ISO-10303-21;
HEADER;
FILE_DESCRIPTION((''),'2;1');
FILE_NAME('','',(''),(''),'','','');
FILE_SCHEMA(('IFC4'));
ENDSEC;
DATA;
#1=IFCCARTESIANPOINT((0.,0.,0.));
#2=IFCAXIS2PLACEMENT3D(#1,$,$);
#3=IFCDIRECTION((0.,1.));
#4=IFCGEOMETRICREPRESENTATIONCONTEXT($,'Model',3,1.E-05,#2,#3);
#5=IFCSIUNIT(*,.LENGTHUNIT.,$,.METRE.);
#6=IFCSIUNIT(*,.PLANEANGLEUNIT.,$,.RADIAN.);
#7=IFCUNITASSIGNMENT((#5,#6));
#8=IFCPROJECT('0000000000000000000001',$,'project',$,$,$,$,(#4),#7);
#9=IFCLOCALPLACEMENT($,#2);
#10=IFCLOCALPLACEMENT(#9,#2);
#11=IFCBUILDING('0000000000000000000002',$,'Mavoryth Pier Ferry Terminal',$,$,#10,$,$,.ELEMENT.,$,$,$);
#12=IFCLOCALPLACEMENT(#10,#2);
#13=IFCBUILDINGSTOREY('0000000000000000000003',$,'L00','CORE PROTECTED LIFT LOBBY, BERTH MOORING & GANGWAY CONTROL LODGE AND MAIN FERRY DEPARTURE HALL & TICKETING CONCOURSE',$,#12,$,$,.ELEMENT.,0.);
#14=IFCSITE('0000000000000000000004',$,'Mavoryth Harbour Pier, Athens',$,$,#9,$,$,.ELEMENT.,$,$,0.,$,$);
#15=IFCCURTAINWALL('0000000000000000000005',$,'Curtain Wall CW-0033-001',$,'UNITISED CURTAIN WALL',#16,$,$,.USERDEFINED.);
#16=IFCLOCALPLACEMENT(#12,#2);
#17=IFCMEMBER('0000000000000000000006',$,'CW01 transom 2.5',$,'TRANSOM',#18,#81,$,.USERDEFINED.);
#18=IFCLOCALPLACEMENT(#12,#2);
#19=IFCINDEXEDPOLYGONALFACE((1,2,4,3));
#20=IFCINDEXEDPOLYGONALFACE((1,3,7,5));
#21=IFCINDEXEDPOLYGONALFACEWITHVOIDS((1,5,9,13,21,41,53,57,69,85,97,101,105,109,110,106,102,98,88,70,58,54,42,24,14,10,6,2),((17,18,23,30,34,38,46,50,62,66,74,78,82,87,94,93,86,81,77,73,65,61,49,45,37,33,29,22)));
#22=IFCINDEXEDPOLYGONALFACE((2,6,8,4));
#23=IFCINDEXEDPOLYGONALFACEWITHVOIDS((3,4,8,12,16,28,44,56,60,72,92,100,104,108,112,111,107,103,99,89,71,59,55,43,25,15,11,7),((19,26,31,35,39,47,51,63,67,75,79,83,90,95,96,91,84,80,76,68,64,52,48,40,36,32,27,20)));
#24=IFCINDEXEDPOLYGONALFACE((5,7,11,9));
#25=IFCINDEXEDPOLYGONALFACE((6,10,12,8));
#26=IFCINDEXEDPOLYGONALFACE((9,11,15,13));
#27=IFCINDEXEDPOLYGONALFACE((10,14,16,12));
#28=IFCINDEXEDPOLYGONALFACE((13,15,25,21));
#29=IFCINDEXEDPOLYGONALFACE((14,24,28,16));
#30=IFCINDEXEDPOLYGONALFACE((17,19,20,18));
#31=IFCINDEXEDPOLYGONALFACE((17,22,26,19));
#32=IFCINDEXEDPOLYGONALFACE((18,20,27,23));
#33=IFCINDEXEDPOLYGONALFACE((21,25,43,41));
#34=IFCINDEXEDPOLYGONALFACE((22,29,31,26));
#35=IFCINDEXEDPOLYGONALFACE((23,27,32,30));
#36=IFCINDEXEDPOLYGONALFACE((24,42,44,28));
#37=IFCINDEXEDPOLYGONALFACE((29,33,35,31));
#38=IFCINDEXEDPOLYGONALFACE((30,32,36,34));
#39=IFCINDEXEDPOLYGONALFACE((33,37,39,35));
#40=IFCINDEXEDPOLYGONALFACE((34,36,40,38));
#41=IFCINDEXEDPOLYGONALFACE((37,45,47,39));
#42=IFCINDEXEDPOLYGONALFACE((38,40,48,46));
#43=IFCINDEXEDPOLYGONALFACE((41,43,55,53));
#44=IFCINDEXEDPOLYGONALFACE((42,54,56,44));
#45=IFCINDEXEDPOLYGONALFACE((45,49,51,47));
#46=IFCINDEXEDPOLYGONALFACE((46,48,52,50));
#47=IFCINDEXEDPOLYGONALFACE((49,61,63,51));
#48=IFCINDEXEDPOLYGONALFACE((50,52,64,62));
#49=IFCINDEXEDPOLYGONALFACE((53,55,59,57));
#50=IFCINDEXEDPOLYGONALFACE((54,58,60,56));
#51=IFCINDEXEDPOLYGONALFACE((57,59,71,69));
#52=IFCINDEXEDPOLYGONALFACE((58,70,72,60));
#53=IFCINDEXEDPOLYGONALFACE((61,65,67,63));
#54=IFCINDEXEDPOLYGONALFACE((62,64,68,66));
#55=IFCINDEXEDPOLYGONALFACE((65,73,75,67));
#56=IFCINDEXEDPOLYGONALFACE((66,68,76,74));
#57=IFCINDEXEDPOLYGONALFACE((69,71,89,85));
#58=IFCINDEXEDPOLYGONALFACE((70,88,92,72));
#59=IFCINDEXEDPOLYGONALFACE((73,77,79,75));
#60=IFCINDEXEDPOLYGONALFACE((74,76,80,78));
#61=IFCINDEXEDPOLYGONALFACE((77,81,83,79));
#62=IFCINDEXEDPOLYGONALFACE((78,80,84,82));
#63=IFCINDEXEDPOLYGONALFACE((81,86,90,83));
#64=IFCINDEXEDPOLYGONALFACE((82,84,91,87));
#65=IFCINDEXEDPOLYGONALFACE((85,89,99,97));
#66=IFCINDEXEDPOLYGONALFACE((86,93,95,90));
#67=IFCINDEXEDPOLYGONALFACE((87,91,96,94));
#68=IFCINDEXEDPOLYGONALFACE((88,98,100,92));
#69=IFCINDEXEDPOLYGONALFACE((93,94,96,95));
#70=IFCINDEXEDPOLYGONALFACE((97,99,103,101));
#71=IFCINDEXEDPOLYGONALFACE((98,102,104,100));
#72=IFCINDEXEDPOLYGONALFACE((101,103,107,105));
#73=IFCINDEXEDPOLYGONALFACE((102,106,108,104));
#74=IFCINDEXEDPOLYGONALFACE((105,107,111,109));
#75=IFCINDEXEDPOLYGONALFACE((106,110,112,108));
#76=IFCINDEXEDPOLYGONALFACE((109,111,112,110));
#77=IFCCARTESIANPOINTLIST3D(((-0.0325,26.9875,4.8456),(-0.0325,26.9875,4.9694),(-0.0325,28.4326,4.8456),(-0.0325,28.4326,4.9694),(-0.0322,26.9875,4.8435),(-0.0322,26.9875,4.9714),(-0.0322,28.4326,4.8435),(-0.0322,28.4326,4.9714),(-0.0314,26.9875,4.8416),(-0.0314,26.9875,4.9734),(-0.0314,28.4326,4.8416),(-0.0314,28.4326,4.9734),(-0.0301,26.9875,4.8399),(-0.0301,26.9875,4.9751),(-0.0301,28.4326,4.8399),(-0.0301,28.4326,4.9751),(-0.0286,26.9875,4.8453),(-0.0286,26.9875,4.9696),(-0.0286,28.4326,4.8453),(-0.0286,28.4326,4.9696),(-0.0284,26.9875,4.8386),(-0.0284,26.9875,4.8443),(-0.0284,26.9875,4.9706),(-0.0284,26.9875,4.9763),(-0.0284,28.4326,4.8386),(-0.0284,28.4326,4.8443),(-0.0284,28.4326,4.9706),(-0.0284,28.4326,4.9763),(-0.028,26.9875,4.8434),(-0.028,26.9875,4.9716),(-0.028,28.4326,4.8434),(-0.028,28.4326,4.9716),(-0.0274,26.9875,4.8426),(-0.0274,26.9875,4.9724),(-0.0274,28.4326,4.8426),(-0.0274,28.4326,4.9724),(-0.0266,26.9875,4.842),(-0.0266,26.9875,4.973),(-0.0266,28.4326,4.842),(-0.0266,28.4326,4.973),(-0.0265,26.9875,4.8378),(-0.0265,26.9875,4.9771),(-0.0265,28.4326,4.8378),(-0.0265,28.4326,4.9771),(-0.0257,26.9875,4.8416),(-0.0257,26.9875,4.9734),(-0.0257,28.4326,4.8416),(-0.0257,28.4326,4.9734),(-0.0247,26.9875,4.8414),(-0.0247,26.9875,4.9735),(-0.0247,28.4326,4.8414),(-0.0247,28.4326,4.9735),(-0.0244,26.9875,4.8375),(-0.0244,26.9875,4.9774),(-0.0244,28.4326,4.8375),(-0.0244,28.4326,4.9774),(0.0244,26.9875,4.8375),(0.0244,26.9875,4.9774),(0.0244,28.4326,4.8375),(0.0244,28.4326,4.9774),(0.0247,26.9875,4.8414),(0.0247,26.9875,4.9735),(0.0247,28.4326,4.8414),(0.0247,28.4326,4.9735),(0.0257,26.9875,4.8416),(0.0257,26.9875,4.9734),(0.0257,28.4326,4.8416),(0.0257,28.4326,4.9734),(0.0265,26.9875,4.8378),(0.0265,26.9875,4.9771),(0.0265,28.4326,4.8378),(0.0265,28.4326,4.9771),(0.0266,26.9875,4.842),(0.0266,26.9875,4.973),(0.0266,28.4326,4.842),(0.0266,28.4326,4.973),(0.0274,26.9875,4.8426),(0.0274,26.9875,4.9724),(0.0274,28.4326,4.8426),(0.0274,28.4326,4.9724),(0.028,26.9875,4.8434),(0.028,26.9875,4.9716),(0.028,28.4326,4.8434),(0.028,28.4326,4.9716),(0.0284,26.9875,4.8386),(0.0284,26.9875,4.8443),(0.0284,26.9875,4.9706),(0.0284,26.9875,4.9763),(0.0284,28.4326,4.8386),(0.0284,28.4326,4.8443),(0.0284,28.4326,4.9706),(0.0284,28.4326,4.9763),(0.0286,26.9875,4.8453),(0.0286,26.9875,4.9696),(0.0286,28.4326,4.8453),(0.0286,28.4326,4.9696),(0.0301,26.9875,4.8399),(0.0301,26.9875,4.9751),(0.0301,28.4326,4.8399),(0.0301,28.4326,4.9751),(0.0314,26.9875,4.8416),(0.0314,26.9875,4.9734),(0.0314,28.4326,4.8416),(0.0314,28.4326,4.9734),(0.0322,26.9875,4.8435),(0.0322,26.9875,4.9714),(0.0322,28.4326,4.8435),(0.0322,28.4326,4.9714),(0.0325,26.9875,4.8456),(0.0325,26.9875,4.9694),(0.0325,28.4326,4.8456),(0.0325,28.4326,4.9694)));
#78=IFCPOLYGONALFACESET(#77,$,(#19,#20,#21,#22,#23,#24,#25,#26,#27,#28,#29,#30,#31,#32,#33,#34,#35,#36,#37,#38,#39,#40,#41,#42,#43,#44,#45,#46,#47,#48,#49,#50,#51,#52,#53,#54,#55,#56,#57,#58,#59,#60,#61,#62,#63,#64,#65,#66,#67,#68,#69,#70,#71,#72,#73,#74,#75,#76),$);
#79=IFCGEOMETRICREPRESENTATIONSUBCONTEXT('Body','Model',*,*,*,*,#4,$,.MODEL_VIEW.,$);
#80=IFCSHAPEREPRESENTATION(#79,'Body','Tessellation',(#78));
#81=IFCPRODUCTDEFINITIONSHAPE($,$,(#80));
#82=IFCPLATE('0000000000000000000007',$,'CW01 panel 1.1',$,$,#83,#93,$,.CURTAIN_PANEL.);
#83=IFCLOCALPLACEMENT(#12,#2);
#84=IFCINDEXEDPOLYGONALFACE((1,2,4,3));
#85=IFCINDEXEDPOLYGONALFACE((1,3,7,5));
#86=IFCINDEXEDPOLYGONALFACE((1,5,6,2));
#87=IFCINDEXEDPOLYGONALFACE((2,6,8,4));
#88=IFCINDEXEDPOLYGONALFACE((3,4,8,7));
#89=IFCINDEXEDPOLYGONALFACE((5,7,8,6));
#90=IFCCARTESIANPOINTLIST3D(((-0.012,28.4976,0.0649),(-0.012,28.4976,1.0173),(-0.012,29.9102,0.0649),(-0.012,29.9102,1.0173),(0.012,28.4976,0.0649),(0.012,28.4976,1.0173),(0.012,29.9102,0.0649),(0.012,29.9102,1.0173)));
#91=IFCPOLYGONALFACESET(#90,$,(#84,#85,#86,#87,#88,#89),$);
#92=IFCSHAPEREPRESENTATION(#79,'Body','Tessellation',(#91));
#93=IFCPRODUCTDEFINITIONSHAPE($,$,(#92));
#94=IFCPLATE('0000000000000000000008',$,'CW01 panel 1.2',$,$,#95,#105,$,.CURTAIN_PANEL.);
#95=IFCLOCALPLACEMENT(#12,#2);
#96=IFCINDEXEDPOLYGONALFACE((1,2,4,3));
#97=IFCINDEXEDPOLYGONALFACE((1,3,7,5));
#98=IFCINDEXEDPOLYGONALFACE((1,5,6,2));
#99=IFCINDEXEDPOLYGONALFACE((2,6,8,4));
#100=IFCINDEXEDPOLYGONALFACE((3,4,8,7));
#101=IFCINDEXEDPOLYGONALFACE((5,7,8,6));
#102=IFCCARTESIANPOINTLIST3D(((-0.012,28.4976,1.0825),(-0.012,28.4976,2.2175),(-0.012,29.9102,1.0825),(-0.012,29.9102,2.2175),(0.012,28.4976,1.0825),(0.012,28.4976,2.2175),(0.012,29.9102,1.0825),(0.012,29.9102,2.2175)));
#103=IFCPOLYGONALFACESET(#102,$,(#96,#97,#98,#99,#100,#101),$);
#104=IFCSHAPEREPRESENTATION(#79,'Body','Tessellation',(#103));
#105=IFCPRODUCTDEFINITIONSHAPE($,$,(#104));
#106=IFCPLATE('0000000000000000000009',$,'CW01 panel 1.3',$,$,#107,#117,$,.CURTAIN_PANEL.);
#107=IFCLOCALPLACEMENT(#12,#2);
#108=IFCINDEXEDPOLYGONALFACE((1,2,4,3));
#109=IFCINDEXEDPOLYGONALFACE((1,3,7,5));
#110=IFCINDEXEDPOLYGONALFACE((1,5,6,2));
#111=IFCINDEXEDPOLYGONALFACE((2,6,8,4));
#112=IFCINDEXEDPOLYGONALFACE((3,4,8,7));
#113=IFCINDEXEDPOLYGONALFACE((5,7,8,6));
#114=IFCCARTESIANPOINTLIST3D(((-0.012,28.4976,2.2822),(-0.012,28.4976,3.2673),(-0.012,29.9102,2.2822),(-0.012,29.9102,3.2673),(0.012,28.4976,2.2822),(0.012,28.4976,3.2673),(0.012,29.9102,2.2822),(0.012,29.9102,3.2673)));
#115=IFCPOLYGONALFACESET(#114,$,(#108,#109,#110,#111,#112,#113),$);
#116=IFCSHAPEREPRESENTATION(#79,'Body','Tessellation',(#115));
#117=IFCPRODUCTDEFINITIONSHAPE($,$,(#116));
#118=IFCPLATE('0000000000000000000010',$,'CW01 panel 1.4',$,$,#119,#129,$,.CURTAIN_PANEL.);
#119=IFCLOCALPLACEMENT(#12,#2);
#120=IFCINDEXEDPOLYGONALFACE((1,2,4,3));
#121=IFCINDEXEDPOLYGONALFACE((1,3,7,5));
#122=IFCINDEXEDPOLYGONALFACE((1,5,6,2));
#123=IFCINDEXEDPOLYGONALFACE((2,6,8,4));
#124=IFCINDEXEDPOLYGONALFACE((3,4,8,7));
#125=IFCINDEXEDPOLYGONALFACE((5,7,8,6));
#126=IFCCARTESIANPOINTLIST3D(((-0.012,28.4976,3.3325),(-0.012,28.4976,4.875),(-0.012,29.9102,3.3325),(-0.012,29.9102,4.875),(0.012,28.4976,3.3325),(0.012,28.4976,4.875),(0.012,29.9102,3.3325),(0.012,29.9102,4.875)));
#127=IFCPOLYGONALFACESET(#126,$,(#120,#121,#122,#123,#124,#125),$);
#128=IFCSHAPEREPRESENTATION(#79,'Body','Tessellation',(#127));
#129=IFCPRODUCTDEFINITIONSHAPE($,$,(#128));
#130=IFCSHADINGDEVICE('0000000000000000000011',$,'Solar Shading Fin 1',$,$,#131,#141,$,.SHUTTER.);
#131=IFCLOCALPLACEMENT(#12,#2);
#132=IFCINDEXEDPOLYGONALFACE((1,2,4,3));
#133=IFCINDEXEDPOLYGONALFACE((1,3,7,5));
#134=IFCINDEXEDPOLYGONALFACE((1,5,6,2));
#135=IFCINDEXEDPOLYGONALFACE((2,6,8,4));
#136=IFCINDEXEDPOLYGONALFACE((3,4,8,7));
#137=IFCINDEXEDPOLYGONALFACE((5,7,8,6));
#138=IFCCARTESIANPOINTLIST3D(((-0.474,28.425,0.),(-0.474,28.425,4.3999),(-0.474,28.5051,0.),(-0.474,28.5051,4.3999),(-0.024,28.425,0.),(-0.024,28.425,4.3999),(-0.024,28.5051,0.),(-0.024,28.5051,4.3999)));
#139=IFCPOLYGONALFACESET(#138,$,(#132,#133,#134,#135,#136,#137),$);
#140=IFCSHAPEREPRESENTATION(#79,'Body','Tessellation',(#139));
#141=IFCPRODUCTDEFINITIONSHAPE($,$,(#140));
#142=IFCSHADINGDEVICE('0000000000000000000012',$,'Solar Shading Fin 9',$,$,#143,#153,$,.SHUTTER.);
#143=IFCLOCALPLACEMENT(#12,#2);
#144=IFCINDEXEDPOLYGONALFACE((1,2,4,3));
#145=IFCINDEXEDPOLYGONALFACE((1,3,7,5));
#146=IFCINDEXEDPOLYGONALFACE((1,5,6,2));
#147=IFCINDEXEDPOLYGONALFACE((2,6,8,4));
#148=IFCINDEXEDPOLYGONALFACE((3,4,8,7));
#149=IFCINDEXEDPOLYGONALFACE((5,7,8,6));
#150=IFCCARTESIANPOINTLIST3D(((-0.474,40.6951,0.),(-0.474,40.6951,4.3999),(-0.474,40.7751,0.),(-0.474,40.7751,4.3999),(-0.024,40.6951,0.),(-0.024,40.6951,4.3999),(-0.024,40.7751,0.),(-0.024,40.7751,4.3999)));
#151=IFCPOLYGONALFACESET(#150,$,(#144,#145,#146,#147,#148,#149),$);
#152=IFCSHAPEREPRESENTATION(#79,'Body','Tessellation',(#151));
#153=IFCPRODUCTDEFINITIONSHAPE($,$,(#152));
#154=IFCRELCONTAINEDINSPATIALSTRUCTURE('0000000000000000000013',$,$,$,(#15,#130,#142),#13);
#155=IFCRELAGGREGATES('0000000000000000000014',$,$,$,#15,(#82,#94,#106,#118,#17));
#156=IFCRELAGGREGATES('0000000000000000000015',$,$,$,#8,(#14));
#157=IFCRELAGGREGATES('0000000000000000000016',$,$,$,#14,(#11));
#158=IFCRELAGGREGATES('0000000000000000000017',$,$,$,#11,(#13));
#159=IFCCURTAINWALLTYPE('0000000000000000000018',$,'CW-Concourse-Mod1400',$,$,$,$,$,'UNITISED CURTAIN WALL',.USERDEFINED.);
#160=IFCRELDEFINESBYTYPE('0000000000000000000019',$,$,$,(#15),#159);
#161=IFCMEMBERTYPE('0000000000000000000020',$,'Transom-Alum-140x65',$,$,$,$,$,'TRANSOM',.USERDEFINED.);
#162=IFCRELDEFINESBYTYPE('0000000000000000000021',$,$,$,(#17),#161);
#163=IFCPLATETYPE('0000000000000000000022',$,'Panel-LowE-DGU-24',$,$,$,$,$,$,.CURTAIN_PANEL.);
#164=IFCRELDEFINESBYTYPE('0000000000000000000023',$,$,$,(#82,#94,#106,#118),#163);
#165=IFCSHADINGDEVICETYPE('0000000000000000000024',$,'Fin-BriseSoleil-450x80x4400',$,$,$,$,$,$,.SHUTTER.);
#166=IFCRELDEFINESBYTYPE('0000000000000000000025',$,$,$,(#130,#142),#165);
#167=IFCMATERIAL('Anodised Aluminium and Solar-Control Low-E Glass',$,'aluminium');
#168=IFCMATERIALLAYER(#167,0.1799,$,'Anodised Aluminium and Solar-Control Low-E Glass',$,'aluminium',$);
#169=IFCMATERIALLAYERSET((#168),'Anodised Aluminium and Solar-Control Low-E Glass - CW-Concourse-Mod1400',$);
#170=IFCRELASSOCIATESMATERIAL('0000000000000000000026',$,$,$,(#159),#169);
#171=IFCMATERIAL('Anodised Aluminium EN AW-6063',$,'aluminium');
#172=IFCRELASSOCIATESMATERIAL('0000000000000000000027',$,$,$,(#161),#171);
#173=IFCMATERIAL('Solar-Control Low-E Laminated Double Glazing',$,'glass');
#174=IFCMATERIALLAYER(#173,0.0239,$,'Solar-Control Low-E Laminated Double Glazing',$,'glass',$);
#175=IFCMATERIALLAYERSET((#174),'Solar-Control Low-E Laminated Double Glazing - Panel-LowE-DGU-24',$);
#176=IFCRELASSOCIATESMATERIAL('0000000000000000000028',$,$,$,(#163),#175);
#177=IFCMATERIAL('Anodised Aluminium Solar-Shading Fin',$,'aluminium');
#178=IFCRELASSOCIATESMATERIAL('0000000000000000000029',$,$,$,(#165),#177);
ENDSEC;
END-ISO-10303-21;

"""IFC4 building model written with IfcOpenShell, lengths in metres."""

from ifc_helpers import new_model, si_unit, direction, frame, origin, origin_2d, place, context, subcontext, project, spatial, rectangle, hollow_rectangle, extrude, material, layer, layer_set, material_profile, profile_set, type_object, element, aggregate, save


model = new_model("IFC4")

# Units and contexts
model_context = context("Model", 3, precision=1e-05, world=origin(), true_north=direction((0.0, 1.0)))
body_context = subcontext(model_context, "Body", "Model", "MODEL_VIEW")
ifc_project = project(units=[si_unit("LENGTHUNIT", "METRE"), si_unit("PLANEANGLEUNIT", "RADIAN")], contexts=[model_context])

# Site, building, storey
site_placement = place(None, origin())
site = spatial("IfcSite", under=ifc_project, at=site_placement, Name="Mavoryth Harbour Pier, Athens", CompositionType="ELEMENT", RefElevation=0.0)
building_placement = place(site_placement, origin())
building = spatial("IfcBuilding", under=site, at=building_placement, Name="Mavoryth Pier Ferry Terminal", CompositionType="ELEMENT")
storey_placement = place(building_placement, origin())
storey = spatial("IfcBuildingStorey", under=building, at=storey_placement, Name="L00", Description="CORE PROTECTED LIFT LOBBY, BERTH MOORING & GANGWAY CONTROL LODGE AND MAIN FERRY DEPARTURE HALL & TICKETING CONCOURSE", CompositionType="ELEMENT", Elevation=0.0)

# Curtain wall, member, plates
ifc_material_1 = material(Name="Anodised Aluminium and Solar-Control Low-E Glass", Category="aluminium")
ifc_layer_1 = layer(ifc_material_1, 0.1799, Name="Anodised Aluminium and Solar-Control Low-E Glass", Category="aluminium")
ifc_layer_set_1 = layer_set([ifc_layer_1], Name="Anodised Aluminium and Solar-Control Low-E Glass - CW-Concourse-Mod1400")
curtain_wall_type = type_object("IfcCurtainWallType", Name="CW-Concourse-Mod1400", ElementType="UNITISED CURTAIN WALL", PredefinedType="USERDEFINED", material=ifc_layer_set_1)
curtain_wall_placement = place(storey_placement, origin())
curtain_wall = element("IfcCurtainWall", 1, at=curtain_wall_placement, inside=storey, type_object=curtain_wall_type, Name="Curtain Wall CW-0033-001", ObjectType="UNITISED CURTAIN WALL", PredefinedType="USERDEFINED")
ifc_material_2 = material(Name="Anodised Aluminium EN AW-6063", Category="aluminium")
ifc_material_profile_1 = material_profile(ifc_material_2, hollow_rectangle(XDim=0.0649, YDim=0.1399, WallThickness=0.0039, InnerFilletRadius=0.0039, OuterFilletRadius=0.0081, at=origin_2d()), Name="AL-TRAN 140x65x4", Category="aluminium")
ifc_profile_set_1 = profile_set([ifc_material_profile_1], Name="Anodised Aluminium EN AW-6063 - AL-TRAN 140x65x4")
member_type_1 = type_object("IfcMemberType", Name="Transom-Alum-140x65", ElementType="TRANSOM", PredefinedType="USERDEFINED", material=ifc_profile_set_1)
member_1_placement = place(storey_placement, frame((0.0, 28.4326, 4.9075), z_axis=(0.0, -1.0, 0.0), x_axis=(1.0, 0.0, 0.0)))
member_1 = element("IfcMember", 2, at=member_1_placement, type_object=member_type_1, Name="CW01 transom 2.5", ObjectType="TRANSOM", PredefinedType="USERDEFINED", context=body_context, shape_type="SweptSolid", body=[
    extrude(hollow_rectangle(XDim=0.0649, YDim=0.1399, WallThickness=0.0039, InnerFilletRadius=0.0039, OuterFilletRadius=0.0081, at=origin_2d()), origin(), (0.0, 0.0, 1.0), 1.4451),
])
ifc_material_3 = material(Name="Solar-Control Low-E Laminated Double Glazing", Category="glass")
ifc_layer_2 = layer(ifc_material_3, 0.0239, Name="Solar-Control Low-E Laminated Double Glazing", Category="glass")
ifc_layer_set_2 = layer_set([ifc_layer_2], Name="Solar-Control Low-E Laminated Double Glazing - Panel-LowE-DGU-24")
plate_type = type_object("IfcPlateType", Name="Panel-LowE-DGU-24", PredefinedType="CURTAIN_PANEL", material=ifc_layer_set_2)
plate_1_placement = place(storey_placement, frame((0.0, 29.2039, 0.0649), z_axis=(0.0, 0.0, 1.0), x_axis=(0.0, -1.0, 0.0)))
plate_1 = element("IfcPlate", 3, at=plate_1_placement, type_object=plate_type, Name="CW01 panel 1.1", PredefinedType="CURTAIN_PANEL", context=body_context, shape_type="SweptSolid", body=[
    extrude(rectangle(XDim=1.4126, YDim=0.0239, at=origin_2d()), origin(), (0.0, 0.0, 1.0), 0.9524),
])
plate_2_placement = place(storey_placement, frame((0.0, 29.2039, 1.0825), z_axis=(0.0, 0.0, 1.0), x_axis=(0.0, -1.0, 0.0)))
plate_2 = element("IfcPlate", 4, at=plate_2_placement, type_object=plate_type, Name="CW01 panel 1.2", PredefinedType="CURTAIN_PANEL", context=body_context, shape_type="SweptSolid", body=[
    extrude(rectangle(XDim=1.4126, YDim=0.0239, at=origin_2d()), origin(), (0.0, 0.0, 1.0), 1.135),
])
plate_3_placement = place(storey_placement, frame((0.0, 29.2039, 2.2822), z_axis=(0.0, 0.0, 1.0), x_axis=(0.0, -1.0, 0.0)))
plate_3 = element("IfcPlate", 5, at=plate_3_placement, type_object=plate_type, Name="CW01 panel 1.3", PredefinedType="CURTAIN_PANEL", context=body_context, shape_type="SweptSolid", body=[
    extrude(rectangle(XDim=1.4126, YDim=0.0239, at=origin_2d()), origin(), (0.0, 0.0, 1.0), 0.9851),
])
plate_4_placement = place(storey_placement, frame((0.0, 29.2039, 3.3325), z_axis=(0.0, 0.0, 1.0), x_axis=(0.0, -1.0, 0.0)))
plate_4 = element("IfcPlate", 6, at=plate_4_placement, type_object=plate_type, Name="CW01 panel 1.4", PredefinedType="CURTAIN_PANEL", context=body_context, shape_type="SweptSolid", body=[
    extrude(rectangle(XDim=1.4126, YDim=0.0239, at=origin_2d()), origin(), (0.0, 0.0, 1.0), 1.5425),
])
aggregate(curtain_wall, [plate_1, plate_2, plate_3, plate_4, member_1])

# Shading devices
ifc_material_4 = material(Name="Anodised Aluminium Solar-Shading Fin", Category="aluminium")
shading_device_type = type_object("IfcShadingDeviceType", Name="Fin-BriseSoleil-450x80x4400", PredefinedType="SHUTTER", material=ifc_material_4)
for number, where, z_axis, x_axis, name in (
    (7, (-0.249, 28.4651, 0.0), (0.0, 0.0, 1.0), (0.0, -1.0, 0.0), "Solar Shading Fin 1"),
    (8, (-0.249, 40.7351, 0.0), (0.0, 0.0, 1.0), (0.0, -1.0, 0.0), "Solar Shading Fin 9"),
):
    element("IfcShadingDevice", number, at=place(storey_placement, frame(where, z_axis=z_axis, x_axis=x_axis)), inside=storey, type_object=shading_device_type, Name=name, PredefinedType="SHUTTER", context=body_context, shape_type="SweptSolid", body=[
        extrude(rectangle(XDim=0.0801, YDim=0.45, at=origin_2d()), origin(), (0.0, 0.0, 1.0), 4.3999),
    ])

save(model, "model.ifc")
